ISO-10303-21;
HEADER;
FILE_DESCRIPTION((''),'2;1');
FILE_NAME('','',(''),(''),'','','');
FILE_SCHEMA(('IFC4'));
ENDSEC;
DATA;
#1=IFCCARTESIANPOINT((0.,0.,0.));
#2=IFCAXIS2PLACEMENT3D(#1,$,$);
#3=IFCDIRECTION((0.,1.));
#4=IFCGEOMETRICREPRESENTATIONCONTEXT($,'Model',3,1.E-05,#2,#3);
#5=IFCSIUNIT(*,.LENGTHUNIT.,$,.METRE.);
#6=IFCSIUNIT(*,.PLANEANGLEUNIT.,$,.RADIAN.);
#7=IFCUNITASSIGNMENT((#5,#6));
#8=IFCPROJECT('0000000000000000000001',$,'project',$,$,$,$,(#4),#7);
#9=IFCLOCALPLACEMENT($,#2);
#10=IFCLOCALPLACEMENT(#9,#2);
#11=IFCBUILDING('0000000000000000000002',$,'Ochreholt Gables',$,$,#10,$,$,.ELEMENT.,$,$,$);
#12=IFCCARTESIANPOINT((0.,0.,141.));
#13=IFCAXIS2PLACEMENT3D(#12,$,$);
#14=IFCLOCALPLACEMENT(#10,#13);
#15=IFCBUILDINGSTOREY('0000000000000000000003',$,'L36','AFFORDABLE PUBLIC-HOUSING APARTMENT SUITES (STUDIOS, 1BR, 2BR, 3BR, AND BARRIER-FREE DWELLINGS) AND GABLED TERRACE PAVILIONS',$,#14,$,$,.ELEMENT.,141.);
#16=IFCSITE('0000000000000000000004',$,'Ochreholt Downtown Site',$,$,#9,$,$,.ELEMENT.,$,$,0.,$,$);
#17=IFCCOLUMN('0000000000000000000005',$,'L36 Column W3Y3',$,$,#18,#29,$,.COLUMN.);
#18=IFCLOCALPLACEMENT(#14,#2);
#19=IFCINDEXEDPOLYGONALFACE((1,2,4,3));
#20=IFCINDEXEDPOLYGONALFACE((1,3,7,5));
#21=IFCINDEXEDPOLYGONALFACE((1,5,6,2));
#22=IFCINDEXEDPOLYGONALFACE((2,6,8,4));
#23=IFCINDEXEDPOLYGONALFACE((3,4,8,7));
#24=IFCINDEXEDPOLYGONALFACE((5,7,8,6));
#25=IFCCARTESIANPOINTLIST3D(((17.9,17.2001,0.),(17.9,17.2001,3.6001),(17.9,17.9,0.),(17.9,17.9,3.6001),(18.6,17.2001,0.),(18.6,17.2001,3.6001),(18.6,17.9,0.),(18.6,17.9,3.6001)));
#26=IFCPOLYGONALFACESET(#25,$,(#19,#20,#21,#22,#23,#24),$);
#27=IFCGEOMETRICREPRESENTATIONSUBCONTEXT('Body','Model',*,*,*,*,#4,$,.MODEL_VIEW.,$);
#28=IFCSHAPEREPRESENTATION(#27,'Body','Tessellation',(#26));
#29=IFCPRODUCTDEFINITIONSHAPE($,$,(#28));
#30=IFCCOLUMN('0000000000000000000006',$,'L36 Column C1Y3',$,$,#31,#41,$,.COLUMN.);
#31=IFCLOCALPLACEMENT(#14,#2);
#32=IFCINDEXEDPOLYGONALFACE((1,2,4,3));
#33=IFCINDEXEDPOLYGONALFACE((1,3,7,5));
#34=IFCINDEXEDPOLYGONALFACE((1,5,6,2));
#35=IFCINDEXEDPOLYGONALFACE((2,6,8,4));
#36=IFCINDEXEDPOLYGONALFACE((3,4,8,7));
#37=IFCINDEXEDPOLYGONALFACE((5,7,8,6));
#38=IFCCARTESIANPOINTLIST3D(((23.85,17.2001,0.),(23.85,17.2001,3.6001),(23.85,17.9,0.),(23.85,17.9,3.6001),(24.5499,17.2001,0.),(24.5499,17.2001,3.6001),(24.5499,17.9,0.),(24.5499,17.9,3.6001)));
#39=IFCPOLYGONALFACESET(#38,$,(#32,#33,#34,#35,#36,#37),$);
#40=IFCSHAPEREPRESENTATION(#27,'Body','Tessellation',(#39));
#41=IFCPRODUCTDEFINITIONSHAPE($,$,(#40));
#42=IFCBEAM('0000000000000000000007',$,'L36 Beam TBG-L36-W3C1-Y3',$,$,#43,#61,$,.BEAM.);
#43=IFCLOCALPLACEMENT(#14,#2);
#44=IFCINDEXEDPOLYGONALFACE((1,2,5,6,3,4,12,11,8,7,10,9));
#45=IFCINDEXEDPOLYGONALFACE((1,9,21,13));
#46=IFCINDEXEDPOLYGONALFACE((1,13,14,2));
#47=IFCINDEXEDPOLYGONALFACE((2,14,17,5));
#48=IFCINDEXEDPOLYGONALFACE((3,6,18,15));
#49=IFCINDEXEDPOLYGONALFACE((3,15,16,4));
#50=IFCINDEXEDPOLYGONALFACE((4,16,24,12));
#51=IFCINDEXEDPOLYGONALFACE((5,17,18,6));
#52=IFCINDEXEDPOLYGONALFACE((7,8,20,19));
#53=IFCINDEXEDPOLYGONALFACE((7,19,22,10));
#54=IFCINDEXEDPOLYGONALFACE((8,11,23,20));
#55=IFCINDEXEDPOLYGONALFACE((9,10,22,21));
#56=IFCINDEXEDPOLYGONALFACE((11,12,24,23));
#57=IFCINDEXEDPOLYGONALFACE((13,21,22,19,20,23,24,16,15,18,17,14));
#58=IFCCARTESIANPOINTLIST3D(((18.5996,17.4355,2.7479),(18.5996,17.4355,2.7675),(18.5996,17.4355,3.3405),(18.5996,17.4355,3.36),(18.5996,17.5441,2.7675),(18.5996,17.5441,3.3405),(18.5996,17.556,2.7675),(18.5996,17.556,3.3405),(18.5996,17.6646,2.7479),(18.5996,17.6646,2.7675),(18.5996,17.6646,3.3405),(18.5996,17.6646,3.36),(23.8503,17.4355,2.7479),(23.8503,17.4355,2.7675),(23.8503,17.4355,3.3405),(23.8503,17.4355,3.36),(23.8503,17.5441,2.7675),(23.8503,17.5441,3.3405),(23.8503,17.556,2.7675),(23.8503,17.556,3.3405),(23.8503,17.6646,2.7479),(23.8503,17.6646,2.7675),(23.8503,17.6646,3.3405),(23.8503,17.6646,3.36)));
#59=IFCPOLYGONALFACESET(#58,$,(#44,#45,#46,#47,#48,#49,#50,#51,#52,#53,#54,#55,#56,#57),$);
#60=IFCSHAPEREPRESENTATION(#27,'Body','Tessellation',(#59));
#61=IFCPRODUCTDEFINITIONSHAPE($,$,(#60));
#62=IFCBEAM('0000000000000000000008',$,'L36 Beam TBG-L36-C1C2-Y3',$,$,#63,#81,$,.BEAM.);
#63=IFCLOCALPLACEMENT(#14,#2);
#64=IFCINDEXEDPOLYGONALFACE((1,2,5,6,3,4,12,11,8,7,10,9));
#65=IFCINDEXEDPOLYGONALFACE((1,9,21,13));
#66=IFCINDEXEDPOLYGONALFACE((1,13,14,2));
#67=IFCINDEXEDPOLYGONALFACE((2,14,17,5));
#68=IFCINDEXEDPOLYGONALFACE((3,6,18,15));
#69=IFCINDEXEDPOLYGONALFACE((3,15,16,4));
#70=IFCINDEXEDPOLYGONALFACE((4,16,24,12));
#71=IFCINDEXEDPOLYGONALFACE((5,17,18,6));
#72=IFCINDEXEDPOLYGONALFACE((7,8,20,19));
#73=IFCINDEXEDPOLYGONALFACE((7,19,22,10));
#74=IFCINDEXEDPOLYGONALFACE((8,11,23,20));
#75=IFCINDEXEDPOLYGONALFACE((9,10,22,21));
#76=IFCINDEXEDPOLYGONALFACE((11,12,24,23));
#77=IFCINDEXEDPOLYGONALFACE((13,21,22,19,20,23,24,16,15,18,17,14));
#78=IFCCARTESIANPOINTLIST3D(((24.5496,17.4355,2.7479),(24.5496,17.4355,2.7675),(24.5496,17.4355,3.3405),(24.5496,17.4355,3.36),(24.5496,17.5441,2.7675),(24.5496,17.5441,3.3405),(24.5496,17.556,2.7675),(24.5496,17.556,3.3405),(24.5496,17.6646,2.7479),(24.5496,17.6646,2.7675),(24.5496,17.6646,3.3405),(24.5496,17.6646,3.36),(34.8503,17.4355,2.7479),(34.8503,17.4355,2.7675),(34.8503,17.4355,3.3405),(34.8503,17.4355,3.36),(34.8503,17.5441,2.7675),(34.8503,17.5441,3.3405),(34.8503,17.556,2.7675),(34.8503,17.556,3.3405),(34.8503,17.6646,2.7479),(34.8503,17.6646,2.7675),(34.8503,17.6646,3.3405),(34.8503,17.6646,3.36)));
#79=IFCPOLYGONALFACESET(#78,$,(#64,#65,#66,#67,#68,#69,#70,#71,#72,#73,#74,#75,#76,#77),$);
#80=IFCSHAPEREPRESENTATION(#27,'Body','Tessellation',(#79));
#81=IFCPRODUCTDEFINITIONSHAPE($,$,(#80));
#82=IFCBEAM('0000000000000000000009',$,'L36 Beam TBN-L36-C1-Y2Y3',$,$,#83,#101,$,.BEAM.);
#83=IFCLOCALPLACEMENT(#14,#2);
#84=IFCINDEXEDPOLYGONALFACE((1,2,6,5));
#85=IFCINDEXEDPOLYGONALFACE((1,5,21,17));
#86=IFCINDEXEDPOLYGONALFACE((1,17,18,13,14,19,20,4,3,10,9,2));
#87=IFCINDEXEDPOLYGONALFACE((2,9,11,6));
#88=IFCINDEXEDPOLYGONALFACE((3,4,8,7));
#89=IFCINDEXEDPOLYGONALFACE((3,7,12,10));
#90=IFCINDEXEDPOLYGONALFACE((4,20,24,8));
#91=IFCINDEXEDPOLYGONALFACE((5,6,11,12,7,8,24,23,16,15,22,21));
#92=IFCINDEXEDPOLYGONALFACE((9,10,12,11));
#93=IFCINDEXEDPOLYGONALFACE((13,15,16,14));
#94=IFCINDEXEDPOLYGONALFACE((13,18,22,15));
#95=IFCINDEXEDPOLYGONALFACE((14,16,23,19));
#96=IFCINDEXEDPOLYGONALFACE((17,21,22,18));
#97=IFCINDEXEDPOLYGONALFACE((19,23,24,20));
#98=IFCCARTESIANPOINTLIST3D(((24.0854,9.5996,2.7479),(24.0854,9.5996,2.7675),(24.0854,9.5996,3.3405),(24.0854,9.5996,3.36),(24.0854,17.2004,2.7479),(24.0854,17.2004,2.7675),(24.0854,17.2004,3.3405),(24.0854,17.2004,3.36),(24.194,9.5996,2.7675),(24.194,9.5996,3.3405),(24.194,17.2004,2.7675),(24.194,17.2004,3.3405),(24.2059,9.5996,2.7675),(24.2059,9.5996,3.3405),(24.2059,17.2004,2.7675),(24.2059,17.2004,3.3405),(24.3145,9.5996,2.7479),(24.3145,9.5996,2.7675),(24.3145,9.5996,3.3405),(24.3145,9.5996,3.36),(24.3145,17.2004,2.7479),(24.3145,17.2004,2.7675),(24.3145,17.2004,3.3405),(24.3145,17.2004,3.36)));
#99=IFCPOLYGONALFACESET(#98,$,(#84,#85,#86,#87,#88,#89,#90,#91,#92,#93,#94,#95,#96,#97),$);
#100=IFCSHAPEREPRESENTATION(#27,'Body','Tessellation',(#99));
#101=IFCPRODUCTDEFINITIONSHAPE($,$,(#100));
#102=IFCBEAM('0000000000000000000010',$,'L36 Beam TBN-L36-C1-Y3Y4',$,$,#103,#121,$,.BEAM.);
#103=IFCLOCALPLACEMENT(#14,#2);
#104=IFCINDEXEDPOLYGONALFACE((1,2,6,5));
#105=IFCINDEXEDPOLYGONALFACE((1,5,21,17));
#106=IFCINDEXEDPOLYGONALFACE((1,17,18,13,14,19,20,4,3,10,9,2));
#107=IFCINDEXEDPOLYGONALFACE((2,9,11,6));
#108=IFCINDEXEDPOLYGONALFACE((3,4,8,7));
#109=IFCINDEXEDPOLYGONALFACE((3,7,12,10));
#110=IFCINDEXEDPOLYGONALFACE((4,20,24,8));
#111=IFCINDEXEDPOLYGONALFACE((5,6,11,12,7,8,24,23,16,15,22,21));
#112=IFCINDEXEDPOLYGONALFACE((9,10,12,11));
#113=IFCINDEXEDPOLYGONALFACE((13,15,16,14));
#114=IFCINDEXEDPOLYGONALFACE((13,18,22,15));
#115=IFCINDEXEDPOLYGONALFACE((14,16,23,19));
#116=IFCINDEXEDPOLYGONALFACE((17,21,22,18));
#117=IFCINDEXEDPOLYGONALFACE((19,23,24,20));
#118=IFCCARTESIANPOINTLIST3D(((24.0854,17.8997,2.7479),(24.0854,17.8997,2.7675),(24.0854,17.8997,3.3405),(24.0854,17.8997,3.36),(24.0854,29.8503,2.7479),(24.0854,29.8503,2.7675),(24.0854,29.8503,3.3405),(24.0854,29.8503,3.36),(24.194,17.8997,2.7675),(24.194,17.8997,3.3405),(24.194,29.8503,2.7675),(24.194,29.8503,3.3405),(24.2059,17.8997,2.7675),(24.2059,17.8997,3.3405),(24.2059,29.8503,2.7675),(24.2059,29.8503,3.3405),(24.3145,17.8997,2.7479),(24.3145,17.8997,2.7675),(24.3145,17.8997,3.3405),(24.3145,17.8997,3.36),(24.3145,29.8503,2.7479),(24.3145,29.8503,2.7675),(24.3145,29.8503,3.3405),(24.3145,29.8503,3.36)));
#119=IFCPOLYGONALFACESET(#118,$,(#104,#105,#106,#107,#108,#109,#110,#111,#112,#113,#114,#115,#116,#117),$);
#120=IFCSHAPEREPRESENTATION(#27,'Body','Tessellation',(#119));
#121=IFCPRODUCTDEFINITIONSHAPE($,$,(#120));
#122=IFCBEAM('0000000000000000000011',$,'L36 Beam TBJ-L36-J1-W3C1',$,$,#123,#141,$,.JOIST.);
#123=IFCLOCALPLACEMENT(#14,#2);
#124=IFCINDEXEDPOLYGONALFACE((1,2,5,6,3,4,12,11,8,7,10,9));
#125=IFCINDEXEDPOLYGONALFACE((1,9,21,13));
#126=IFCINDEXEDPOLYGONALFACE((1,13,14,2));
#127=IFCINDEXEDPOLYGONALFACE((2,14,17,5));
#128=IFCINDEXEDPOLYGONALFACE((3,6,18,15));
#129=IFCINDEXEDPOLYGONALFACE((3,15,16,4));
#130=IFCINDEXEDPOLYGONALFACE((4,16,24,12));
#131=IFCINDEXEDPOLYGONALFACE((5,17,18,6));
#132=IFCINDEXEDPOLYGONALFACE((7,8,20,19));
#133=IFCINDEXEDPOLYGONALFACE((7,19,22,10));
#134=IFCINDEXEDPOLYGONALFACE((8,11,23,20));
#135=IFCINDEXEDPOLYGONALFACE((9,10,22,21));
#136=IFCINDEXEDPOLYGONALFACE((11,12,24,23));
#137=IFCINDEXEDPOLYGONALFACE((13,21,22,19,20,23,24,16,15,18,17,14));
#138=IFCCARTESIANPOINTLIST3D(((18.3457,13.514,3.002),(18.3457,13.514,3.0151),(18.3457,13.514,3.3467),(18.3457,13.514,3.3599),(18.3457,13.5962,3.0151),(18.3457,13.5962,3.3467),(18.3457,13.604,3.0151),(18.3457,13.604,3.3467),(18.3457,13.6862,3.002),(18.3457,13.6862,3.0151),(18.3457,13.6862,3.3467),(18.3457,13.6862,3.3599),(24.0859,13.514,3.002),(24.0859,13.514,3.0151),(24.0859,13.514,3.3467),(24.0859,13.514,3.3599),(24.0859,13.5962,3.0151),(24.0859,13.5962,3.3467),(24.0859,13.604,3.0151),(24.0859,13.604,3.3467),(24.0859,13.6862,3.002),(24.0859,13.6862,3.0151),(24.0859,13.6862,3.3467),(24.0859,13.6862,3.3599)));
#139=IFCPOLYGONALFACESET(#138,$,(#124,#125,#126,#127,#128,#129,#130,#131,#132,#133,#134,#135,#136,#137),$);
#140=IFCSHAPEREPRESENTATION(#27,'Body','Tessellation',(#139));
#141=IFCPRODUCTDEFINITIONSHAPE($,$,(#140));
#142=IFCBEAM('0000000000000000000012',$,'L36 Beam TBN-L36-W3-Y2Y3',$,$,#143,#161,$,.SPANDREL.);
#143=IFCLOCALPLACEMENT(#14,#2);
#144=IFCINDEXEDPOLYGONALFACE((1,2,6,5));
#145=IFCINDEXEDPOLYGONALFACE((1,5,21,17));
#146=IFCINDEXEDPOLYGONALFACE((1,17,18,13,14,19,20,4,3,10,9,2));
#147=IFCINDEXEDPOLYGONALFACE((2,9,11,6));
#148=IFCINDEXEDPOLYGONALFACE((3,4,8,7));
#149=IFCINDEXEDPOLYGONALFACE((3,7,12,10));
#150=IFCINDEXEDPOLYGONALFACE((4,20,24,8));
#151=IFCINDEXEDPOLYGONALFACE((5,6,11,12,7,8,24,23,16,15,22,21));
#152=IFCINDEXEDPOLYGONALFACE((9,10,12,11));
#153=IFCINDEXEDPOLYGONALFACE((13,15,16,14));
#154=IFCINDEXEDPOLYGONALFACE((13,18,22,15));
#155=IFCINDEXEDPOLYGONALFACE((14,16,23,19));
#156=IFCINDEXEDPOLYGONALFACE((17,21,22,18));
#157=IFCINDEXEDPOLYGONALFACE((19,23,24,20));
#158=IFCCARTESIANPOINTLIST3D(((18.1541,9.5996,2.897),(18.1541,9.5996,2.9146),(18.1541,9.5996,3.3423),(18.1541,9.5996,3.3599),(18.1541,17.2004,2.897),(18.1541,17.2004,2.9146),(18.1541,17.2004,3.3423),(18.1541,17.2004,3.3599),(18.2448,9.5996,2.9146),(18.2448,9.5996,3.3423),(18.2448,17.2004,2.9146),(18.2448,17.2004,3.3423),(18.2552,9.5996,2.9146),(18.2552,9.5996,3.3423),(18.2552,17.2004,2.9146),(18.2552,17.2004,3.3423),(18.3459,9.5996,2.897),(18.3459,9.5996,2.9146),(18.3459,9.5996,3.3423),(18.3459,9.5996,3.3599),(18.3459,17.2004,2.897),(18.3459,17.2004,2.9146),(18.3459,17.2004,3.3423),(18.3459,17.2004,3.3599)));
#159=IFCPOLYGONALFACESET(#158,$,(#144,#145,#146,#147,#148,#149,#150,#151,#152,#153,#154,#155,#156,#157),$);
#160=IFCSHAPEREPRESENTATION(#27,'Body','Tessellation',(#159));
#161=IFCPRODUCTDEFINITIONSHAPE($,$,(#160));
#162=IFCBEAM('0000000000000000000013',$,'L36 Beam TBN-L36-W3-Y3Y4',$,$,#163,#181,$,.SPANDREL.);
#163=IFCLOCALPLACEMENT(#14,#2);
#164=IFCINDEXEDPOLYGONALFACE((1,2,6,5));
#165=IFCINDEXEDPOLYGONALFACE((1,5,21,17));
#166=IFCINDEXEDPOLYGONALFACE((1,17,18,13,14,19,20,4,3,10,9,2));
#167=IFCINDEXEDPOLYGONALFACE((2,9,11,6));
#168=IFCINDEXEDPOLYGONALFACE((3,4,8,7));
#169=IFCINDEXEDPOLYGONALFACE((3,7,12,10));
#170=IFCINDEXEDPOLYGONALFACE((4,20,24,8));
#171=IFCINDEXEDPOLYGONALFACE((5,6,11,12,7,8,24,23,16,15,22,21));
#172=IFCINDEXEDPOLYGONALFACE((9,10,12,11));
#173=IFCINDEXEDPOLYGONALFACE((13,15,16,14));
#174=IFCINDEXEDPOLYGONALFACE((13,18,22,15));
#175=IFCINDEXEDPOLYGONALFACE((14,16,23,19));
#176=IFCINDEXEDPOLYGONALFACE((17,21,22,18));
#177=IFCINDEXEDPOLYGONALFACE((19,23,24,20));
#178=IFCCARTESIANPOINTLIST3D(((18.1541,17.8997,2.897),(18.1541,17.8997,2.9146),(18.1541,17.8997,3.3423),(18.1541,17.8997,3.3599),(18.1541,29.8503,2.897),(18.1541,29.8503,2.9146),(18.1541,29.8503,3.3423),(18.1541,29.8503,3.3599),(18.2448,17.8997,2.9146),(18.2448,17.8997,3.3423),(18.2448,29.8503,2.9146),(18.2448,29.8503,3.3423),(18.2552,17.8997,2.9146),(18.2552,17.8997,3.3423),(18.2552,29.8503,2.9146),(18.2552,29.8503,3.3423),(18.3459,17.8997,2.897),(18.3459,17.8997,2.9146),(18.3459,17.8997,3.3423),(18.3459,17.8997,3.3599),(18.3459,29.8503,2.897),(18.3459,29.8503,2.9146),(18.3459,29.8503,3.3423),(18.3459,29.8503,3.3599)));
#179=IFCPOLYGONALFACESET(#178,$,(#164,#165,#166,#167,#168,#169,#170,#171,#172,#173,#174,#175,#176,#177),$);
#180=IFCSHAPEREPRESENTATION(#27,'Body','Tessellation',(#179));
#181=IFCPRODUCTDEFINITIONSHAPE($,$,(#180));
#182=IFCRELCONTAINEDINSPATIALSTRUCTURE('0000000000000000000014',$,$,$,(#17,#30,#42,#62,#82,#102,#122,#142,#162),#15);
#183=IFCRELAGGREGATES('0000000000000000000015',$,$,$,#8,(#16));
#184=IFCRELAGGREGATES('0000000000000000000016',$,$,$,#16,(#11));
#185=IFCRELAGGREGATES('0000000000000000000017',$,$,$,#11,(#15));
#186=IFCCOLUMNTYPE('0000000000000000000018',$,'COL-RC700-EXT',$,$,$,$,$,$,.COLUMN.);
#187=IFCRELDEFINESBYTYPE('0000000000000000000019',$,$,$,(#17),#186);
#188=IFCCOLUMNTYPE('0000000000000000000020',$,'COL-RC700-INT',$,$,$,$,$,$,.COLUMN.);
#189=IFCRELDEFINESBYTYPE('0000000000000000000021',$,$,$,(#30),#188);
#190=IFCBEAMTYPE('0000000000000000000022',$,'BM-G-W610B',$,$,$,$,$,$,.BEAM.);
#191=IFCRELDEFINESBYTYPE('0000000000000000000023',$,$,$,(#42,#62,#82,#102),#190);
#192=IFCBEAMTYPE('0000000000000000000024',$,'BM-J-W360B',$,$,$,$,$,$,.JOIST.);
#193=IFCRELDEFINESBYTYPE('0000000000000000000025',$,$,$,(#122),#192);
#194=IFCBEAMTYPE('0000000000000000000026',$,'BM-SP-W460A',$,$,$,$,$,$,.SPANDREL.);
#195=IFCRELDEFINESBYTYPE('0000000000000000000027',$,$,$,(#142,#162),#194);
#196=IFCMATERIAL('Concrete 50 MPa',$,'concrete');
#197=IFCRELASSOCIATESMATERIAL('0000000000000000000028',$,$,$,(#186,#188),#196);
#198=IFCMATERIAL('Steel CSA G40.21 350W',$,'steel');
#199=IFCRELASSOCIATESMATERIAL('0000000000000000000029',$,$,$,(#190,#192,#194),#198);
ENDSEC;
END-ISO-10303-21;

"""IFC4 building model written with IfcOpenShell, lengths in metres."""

from ifc_helpers import new_model, si_unit, direction, frame, origin, origin_2d, place, context, subcontext, project, spatial, rectangle, i_section, extrude, material, material_profile, profile_set, type_object, element, save


model = new_model("IFC4")

# Units and contexts
model_context = context("Model", 3, precision=1e-05, world=origin(), true_north=direction((0.0, 1.0)))
body_context = subcontext(model_context, "Body", "Model", "MODEL_VIEW")
ifc_project = project(units=[si_unit("LENGTHUNIT", "METRE"), si_unit("PLANEANGLEUNIT", "RADIAN")], contexts=[model_context])

# Site, building, storey
site_placement = place(None, origin())
site = spatial("IfcSite", under=ifc_project, at=site_placement, Name="Ochreholt Downtown Site", CompositionType="ELEMENT", RefElevation=0.0)
building_placement = place(site_placement, origin())
building = spatial("IfcBuilding", under=site, at=building_placement, Name="Ochreholt Gables", CompositionType="ELEMENT")
storey_placement = place(building_placement, frame((0.0, 0.0, 141.0)))
storey = spatial("IfcBuildingStorey", under=building, at=storey_placement, Name="L36", Description="AFFORDABLE PUBLIC-HOUSING APARTMENT SUITES (STUDIOS, 1BR, 2BR, 3BR, AND BARRIER-FREE DWELLINGS) AND GABLED TERRACE PAVILIONS", CompositionType="ELEMENT", Elevation=141.0)

# Columns
ifc_material_1 = material(Name="Concrete 50 MPa", Category="concrete")
ifc_material_profile_1 = material_profile(ifc_material_1, rectangle(XDim=0.7, YDim=0.7, at=origin_2d()), Name="RC700X700")
ifc_profile_set_1 = profile_set([ifc_material_profile_1], Name="Concrete 50 MPa")
column_type_1 = type_object("IfcColumnType", Name="COL-RC700-EXT", PredefinedType="COLUMN", material=ifc_profile_set_1)
column_1_placement = place(storey_placement, frame((18.25, 17.55, 0.0), z_axis=(0.0, 0.0, 1.0), x_axis=(1.0, 0.0, 0.0)))
element("IfcColumn", 1, at=column_1_placement, inside=storey, type_object=column_type_1, Name="L36 Column W3Y3", PredefinedType="COLUMN", context=body_context, shape_type="SweptSolid", body=[
    extrude(rectangle(XDim=0.7, YDim=0.7, at=origin_2d()), origin(), (0.0, 0.0, 1.0), 3.6001),
])
ifc_material_profile_2 = material_profile(ifc_material_1, rectangle(XDim=0.7, YDim=0.7, at=origin_2d()), Name="RC700X700")
ifc_profile_set_2 = profile_set([ifc_material_profile_2], Name="Concrete 50 MPa")
column_type_2 = type_object("IfcColumnType", Name="COL-RC700-INT", PredefinedType="COLUMN", material=ifc_profile_set_2)
column_2_placement = place(storey_placement, frame((24.2, 17.55, 0.0), z_axis=(0.0, 0.0, 1.0), x_axis=(1.0, 0.0, 0.0)))
element("IfcColumn", 2, at=column_2_placement, inside=storey, type_object=column_type_2, Name="L36 Column C1Y3", PredefinedType="COLUMN", context=body_context, shape_type="SweptSolid", body=[
    extrude(rectangle(XDim=0.7, YDim=0.7, at=origin_2d()), origin(), (0.0, 0.0, 1.0), 3.6001),
])

# Beams
ifc_material_2 = material(Name="Steel CSA G40.21 350W", Category="steel")
ifc_material_profile_3 = material_profile(ifc_material_2, i_section(OverallWidth=0.229, OverallDepth=0.6121, WebThickness=0.012, FlangeThickness=0.0195, at=origin_2d()), Name="W610X125")
ifc_profile_set_3 = profile_set([ifc_material_profile_3], Name="Steel CSA G40.21 350W")
beam_type_1 = type_object("IfcBeamType", Name="BM-G-W610B", PredefinedType="BEAM", material=ifc_profile_set_3)
beam_1_placement = place(storey_placement, frame((18.5996, 17.55, 3.054), z_axis=(1.0, 0.0, 0.0), x_axis=(0.0, 1.0, 0.0)))
element("IfcBeam", 3, at=beam_1_placement, inside=storey, type_object=beam_type_1, Name="L36 Beam TBG-L36-W3C1-Y3", PredefinedType="BEAM", context=body_context, shape_type="SweptSolid", body=[
    extrude(i_section(OverallWidth=0.229, OverallDepth=0.6121, WebThickness=0.012, FlangeThickness=0.0195, at=origin_2d()), origin(), (0.0, 0.0, 1.0), 5.2507),
])
beam_2_placement = place(storey_placement, frame((24.5496, 17.55, 3.054), z_axis=(1.0, 0.0, 0.0), x_axis=(0.0, 1.0, 0.0)))
element("IfcBeam", 4, at=beam_2_placement, inside=storey, type_object=beam_type_1, Name="L36 Beam TBG-L36-C1C2-Y3", PredefinedType="BEAM", context=body_context, shape_type="SweptSolid", body=[
    extrude(i_section(OverallWidth=0.229, OverallDepth=0.6121, WebThickness=0.012, FlangeThickness=0.0195, at=origin_2d()), origin(), (0.0, 0.0, 1.0), 10.3008),
])
beam_3_placement = place(storey_placement, frame((24.2, 9.5996, 3.054), z_axis=(0.0, 1.0, 0.0), x_axis=(-1.0, 0.0, 0.0)))
element("IfcBeam", 5, at=beam_3_placement, inside=storey, type_object=beam_type_1, Name="L36 Beam TBN-L36-C1-Y2Y3", PredefinedType="BEAM", context=body_context, shape_type="SweptSolid", body=[
    extrude(i_section(OverallWidth=0.229, OverallDepth=0.6121, WebThickness=0.012, FlangeThickness=0.0195, at=origin_2d()), origin(), (0.0, 0.0, 1.0), 7.6008),
])
beam_4_placement = place(storey_placement, frame((24.2, 17.8997, 3.054), z_axis=(0.0, 1.0, 0.0), x_axis=(-1.0, 0.0, 0.0)))
element("IfcBeam", 6, at=beam_4_placement, inside=storey, type_object=beam_type_1, Name="L36 Beam TBN-L36-C1-Y3Y4", PredefinedType="BEAM", context=body_context, shape_type="SweptSolid", body=[
    extrude(i_section(OverallWidth=0.229, OverallDepth=0.6121, WebThickness=0.012, FlangeThickness=0.0195, at=origin_2d()), origin(), (0.0, 0.0, 1.0), 11.9507),
])
ifc_material_profile_4 = material_profile(ifc_material_2, i_section(OverallWidth=0.1721, OverallDepth=0.3579, WebThickness=0.0078, FlangeThickness=0.0132, at=origin_2d()), Name="W360X57")
ifc_profile_set_4 = profile_set([ifc_material_profile_4], Name="Steel CSA G40.21 350W")
beam_type_2 = type_object("IfcBeamType", Name="BM-J-W360B", PredefinedType="JOIST", material=ifc_profile_set_4)
beam_5_placement = place(storey_placement, frame((18.3457, 13.6001, 3.1809), z_axis=(1.0, 0.0, 0.0), x_axis=(0.0, 1.0, 0.0)))
element("IfcBeam", 7, at=beam_5_placement, inside=storey, type_object=beam_type_2, Name="L36 Beam TBJ-L36-J1-W3C1", PredefinedType="JOIST", context=body_context, shape_type="SweptSolid", body=[
    extrude(i_section(OverallWidth=0.1721, OverallDepth=0.3579, WebThickness=0.0078, FlangeThickness=0.0132, at=origin_2d()), origin(), (0.0, 0.0, 1.0), 5.7402),
])
ifc_material_profile_5 = material_profile(ifc_material_2, i_section(OverallWidth=0.1919, OverallDepth=0.4629, WebThickness=0.0105, FlangeThickness=0.0176, at=origin_2d()), Name="W460X89")
ifc_profile_set_5 = profile_set([ifc_material_profile_5], Name="Steel CSA G40.21 350W")
beam_type_3 = type_object("IfcBeamType", Name="BM-SP-W460A", PredefinedType="SPANDREL", material=ifc_profile_set_5)
beam_6_placement = place(storey_placement, frame((18.25, 9.5996, 3.1284), z_axis=(0.0, 1.0, 0.0), x_axis=(-1.0, 0.0, 0.0)))
element("IfcBeam", 8, at=beam_6_placement, inside=storey, type_object=beam_type_3, Name="L36 Beam TBN-L36-W3-Y2Y3", PredefinedType="SPANDREL", context=body_context, shape_type="SweptSolid", body=[
    extrude(i_section(OverallWidth=0.1919, OverallDepth=0.4629, WebThickness=0.0105, FlangeThickness=0.0176, at=origin_2d()), origin(), (0.0, 0.0, 1.0), 7.6008),
])
beam_7_placement = place(storey_placement, frame((18.25, 17.8997, 3.1284), z_axis=(0.0, 1.0, 0.0), x_axis=(-1.0, 0.0, 0.0)))
element("IfcBeam", 9, at=beam_7_placement, inside=storey, type_object=beam_type_3, Name="L36 Beam TBN-L36-W3-Y3Y4", PredefinedType="SPANDREL", context=body_context, shape_type="SweptSolid", body=[
    extrude(i_section(OverallWidth=0.1919, OverallDepth=0.4629, WebThickness=0.0105, FlangeThickness=0.0176, at=origin_2d()), origin(), (0.0, 0.0, 1.0), 11.9507),
])

save(model, "model.ifc")
